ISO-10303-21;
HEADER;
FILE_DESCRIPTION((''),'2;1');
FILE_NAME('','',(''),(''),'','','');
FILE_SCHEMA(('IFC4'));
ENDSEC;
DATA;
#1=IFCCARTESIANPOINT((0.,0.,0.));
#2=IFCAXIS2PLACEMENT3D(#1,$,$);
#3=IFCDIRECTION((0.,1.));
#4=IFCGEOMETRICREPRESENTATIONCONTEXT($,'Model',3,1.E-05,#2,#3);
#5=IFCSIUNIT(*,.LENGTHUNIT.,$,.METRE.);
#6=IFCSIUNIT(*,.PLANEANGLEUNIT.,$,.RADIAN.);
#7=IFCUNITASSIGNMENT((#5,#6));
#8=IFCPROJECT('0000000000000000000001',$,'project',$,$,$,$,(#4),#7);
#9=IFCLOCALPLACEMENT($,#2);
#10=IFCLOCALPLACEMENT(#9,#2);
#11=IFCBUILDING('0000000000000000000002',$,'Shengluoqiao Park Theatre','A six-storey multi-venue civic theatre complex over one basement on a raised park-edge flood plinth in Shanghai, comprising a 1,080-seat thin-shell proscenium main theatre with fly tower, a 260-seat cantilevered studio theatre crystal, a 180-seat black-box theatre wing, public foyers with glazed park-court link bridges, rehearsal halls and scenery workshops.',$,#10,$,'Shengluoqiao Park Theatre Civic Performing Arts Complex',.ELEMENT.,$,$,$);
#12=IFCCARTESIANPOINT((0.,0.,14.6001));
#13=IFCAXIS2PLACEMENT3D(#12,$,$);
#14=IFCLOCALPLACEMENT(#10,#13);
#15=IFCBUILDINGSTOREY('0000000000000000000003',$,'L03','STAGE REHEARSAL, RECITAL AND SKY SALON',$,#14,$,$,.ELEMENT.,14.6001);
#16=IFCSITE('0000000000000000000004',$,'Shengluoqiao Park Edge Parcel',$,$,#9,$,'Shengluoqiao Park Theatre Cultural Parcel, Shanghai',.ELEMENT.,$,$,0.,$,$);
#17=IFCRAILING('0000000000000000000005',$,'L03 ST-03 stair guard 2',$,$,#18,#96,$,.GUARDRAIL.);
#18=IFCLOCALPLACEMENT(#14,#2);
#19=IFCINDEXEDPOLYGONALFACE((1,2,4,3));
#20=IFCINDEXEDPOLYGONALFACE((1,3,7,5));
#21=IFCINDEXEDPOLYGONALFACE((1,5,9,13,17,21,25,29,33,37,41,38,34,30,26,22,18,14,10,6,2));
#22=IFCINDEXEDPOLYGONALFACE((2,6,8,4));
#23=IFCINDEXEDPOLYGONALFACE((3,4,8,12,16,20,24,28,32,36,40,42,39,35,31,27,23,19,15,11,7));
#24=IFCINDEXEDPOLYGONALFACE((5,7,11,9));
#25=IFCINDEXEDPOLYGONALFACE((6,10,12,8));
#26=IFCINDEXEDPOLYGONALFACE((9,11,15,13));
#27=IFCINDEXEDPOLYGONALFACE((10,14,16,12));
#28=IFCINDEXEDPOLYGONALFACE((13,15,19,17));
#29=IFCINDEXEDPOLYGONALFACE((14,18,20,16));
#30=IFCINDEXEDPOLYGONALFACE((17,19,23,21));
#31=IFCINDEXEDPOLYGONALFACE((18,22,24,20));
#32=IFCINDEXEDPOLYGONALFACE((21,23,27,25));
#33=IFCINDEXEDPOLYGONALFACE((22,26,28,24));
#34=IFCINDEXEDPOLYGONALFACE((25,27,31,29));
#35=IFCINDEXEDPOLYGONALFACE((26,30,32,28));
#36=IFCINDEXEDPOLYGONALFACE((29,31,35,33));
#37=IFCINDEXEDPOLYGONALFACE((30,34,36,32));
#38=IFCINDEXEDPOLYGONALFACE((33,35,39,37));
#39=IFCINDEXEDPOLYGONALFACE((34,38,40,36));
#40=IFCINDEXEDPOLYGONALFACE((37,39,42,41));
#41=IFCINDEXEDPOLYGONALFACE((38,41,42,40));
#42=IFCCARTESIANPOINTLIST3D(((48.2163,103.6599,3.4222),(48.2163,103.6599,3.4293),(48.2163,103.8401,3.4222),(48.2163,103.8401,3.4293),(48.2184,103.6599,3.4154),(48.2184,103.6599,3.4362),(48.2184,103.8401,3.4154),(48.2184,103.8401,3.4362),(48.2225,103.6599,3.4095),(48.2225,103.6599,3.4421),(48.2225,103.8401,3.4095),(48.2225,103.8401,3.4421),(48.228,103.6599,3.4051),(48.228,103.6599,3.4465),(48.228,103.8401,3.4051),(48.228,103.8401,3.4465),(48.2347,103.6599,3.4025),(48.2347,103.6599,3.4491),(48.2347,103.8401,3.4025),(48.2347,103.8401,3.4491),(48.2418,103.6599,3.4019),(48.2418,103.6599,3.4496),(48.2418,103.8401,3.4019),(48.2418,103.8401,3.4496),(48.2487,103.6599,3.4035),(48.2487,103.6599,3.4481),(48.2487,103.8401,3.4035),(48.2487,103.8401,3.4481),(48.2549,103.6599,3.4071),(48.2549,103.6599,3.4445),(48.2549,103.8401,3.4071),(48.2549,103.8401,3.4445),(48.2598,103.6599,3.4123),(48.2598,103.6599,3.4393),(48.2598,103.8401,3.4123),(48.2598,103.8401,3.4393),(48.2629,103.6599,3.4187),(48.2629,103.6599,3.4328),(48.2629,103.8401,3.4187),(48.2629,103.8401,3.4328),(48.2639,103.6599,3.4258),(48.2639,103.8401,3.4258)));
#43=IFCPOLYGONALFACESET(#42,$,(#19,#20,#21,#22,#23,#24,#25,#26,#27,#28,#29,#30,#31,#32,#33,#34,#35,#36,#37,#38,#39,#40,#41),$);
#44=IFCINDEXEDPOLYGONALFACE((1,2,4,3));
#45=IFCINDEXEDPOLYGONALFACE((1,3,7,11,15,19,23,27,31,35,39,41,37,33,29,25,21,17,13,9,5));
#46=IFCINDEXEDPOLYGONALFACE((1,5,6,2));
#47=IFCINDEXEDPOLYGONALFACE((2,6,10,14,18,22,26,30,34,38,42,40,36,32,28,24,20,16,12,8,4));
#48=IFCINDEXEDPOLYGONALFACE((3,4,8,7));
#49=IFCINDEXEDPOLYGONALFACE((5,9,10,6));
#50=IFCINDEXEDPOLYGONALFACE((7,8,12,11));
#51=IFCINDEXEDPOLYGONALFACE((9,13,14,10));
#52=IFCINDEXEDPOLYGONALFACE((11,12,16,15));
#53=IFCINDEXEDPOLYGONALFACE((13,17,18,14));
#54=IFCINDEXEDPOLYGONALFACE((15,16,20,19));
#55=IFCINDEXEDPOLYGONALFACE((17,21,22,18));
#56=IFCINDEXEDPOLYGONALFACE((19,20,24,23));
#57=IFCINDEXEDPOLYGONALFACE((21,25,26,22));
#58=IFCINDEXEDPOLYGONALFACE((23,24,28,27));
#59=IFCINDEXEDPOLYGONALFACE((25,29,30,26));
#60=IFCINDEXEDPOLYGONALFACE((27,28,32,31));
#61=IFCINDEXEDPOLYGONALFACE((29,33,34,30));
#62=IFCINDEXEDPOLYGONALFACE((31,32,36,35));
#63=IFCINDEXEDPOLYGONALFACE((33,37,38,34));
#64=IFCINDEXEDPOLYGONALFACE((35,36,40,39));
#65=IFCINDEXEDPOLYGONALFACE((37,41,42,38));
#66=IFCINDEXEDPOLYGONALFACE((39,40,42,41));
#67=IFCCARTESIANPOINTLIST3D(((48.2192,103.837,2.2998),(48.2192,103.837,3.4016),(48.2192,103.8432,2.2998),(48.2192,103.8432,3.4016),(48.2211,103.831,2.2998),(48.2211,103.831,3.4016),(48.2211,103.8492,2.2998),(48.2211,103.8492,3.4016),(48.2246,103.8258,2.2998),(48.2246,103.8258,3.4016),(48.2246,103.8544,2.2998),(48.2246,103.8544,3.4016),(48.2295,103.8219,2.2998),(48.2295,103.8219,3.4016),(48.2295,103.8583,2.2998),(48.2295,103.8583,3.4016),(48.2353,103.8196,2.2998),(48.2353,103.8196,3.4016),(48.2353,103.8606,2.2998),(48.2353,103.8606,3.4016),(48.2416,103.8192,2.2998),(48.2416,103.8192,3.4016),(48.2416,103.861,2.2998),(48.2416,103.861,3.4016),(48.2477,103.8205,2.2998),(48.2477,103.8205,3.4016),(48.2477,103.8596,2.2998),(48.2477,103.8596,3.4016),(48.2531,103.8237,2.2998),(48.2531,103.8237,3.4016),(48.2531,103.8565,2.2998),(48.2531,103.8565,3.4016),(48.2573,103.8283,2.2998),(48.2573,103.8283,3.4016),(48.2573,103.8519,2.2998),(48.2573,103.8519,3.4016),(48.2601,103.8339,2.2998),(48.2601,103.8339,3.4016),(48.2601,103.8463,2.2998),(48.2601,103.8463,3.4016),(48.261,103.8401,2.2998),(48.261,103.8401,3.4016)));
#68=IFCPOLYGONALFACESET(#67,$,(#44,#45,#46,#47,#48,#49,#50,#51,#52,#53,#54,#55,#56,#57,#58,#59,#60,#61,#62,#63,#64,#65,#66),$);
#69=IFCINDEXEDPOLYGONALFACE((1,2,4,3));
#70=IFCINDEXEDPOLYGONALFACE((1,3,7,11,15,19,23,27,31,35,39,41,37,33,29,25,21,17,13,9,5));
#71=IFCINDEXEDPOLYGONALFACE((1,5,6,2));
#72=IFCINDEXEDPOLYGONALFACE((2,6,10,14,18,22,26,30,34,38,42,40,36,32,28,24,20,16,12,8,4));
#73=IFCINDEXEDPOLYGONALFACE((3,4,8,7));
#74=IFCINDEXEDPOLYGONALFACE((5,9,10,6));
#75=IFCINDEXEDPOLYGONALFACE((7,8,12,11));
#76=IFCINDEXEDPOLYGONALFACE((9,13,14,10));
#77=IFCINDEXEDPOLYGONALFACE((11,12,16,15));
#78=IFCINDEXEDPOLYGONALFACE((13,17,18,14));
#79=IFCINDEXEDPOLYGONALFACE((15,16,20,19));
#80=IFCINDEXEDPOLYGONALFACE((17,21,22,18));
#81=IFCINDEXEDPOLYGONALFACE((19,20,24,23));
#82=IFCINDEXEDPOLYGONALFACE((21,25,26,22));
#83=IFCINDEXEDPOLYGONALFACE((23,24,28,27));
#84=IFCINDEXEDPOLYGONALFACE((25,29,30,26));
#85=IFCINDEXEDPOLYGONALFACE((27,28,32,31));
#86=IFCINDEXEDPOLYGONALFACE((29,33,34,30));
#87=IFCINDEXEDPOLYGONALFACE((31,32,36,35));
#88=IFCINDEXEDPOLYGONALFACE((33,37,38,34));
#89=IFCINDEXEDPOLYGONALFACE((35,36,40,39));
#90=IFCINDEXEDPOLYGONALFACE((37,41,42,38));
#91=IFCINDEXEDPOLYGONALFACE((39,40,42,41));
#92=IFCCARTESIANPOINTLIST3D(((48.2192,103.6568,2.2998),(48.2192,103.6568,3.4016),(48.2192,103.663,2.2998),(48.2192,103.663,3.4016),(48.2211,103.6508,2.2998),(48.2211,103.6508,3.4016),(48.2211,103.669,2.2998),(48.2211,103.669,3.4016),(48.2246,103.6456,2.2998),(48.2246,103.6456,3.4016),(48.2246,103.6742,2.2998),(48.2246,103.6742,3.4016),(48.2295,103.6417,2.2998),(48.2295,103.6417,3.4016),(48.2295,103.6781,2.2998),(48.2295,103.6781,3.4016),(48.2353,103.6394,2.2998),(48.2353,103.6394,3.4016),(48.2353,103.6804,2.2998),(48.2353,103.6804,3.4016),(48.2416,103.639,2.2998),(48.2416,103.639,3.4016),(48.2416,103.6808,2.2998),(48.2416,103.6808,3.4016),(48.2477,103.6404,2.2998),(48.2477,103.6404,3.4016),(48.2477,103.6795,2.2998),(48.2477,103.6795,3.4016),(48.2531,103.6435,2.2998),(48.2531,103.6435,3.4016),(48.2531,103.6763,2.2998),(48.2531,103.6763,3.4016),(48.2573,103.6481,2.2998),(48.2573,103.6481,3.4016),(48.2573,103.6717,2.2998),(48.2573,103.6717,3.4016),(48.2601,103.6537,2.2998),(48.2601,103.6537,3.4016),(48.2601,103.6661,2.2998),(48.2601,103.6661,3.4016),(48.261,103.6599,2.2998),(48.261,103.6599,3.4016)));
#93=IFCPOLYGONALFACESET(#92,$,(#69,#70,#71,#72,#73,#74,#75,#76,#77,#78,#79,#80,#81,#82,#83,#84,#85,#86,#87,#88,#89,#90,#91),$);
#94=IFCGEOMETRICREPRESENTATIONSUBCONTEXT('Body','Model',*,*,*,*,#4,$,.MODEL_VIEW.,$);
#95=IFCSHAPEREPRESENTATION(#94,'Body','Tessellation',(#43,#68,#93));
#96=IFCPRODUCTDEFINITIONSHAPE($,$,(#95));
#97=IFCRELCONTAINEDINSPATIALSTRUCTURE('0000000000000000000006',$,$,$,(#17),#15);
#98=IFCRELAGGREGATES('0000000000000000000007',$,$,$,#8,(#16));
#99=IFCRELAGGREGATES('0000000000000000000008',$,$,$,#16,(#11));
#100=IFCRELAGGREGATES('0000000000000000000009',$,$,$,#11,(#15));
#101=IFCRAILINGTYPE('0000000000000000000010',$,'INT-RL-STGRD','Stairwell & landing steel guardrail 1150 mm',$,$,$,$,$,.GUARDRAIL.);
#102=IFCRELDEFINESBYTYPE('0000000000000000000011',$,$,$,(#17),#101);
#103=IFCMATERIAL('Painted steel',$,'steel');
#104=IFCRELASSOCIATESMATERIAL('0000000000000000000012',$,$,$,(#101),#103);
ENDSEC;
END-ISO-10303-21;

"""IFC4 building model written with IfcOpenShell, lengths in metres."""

from ifc_helpers import new_model, si_unit, direction, frame, origin, origin_2d, place, context, subcontext, project, spatial, circle, extrude, material, type_object, element, save


model = new_model("IFC4")

# Units and contexts
model_context = context("Model", 3, precision=1e-05, world=origin(), true_north=direction((0.0, 1.0)))
body_context = subcontext(model_context, "Body", "Model", "MODEL_VIEW")
ifc_project = project(units=[si_unit("LENGTHUNIT", "METRE"), si_unit("PLANEANGLEUNIT", "RADIAN")], contexts=[model_context])

# Site, building, storey
site_placement = place(None, origin())
site = spatial("IfcSite", under=ifc_project, at=site_placement, Name="Shengluoqiao Park Edge Parcel", LongName="Shengluoqiao Park Theatre Cultural Parcel, Shanghai", CompositionType="ELEMENT", RefElevation=0.0)
building_placement = place(site_placement, origin())
building = spatial("IfcBuilding", under=site, at=building_placement, Name="Shengluoqiao Park Theatre", Description="A six-storey multi-venue civic theatre complex over one basement on a raised park-edge flood plinth in Shanghai, comprising a 1,080-seat thin-shell proscenium main theatre with fly tower, a 260-seat cantilevered studio theatre crystal, a 180-seat black-box theatre wing, public foyers with glazed park-court link bridges, rehearsal halls and scenery workshops.", LongName="Shengluoqiao Park Theatre Civic Performing Arts Complex", CompositionType="ELEMENT")
storey_placement = place(building_placement, frame((0.0, 0.0, 14.6001)))
storey = spatial("IfcBuildingStorey", under=building, at=storey_placement, Name="L03", Description="STAGE REHEARSAL, RECITAL AND SKY SALON", CompositionType="ELEMENT", Elevation=14.6001)

# Railing
ifc_material_1 = material(Name="Painted steel", Category="steel")
railing_type_1 = type_object("IfcRailingType", Name="INT-RL-STGRD", Description="Stairwell & landing steel guardrail 1150 mm", PredefinedType="GUARDRAIL", material=ifc_material_1)
railing_1_placement = place(storey_placement, frame((48.24, 103.8401, 2.2998)))
element("IfcRailing", 1, at=railing_1_placement, inside=storey, type_object=railing_type_1, Name="L03 ST-03 stair guard 2", PredefinedType="GUARDRAIL", context=body_context, shape_type="SweptSolid", body=[
    extrude(circle(Radius=0.0239, at=origin_2d()), frame((0.0, 0.0, 1.126), z_axis=(0.0, -1.0, 0.0), x_axis=(1.0, 0.0, 0.0)), (0.0, 0.0, 1.0), 0.1802),
    extrude(circle(Radius=0.021, at=origin_2d()), origin(), (0.0, 0.0, 1.0), 1.1018),
    extrude(circle(Radius=0.021, at=origin_2d()), frame((0.0, -0.1802, 0.0)), (0.0, 0.0, 1.0), 1.1018),
])

save(model, "model.ifc")
